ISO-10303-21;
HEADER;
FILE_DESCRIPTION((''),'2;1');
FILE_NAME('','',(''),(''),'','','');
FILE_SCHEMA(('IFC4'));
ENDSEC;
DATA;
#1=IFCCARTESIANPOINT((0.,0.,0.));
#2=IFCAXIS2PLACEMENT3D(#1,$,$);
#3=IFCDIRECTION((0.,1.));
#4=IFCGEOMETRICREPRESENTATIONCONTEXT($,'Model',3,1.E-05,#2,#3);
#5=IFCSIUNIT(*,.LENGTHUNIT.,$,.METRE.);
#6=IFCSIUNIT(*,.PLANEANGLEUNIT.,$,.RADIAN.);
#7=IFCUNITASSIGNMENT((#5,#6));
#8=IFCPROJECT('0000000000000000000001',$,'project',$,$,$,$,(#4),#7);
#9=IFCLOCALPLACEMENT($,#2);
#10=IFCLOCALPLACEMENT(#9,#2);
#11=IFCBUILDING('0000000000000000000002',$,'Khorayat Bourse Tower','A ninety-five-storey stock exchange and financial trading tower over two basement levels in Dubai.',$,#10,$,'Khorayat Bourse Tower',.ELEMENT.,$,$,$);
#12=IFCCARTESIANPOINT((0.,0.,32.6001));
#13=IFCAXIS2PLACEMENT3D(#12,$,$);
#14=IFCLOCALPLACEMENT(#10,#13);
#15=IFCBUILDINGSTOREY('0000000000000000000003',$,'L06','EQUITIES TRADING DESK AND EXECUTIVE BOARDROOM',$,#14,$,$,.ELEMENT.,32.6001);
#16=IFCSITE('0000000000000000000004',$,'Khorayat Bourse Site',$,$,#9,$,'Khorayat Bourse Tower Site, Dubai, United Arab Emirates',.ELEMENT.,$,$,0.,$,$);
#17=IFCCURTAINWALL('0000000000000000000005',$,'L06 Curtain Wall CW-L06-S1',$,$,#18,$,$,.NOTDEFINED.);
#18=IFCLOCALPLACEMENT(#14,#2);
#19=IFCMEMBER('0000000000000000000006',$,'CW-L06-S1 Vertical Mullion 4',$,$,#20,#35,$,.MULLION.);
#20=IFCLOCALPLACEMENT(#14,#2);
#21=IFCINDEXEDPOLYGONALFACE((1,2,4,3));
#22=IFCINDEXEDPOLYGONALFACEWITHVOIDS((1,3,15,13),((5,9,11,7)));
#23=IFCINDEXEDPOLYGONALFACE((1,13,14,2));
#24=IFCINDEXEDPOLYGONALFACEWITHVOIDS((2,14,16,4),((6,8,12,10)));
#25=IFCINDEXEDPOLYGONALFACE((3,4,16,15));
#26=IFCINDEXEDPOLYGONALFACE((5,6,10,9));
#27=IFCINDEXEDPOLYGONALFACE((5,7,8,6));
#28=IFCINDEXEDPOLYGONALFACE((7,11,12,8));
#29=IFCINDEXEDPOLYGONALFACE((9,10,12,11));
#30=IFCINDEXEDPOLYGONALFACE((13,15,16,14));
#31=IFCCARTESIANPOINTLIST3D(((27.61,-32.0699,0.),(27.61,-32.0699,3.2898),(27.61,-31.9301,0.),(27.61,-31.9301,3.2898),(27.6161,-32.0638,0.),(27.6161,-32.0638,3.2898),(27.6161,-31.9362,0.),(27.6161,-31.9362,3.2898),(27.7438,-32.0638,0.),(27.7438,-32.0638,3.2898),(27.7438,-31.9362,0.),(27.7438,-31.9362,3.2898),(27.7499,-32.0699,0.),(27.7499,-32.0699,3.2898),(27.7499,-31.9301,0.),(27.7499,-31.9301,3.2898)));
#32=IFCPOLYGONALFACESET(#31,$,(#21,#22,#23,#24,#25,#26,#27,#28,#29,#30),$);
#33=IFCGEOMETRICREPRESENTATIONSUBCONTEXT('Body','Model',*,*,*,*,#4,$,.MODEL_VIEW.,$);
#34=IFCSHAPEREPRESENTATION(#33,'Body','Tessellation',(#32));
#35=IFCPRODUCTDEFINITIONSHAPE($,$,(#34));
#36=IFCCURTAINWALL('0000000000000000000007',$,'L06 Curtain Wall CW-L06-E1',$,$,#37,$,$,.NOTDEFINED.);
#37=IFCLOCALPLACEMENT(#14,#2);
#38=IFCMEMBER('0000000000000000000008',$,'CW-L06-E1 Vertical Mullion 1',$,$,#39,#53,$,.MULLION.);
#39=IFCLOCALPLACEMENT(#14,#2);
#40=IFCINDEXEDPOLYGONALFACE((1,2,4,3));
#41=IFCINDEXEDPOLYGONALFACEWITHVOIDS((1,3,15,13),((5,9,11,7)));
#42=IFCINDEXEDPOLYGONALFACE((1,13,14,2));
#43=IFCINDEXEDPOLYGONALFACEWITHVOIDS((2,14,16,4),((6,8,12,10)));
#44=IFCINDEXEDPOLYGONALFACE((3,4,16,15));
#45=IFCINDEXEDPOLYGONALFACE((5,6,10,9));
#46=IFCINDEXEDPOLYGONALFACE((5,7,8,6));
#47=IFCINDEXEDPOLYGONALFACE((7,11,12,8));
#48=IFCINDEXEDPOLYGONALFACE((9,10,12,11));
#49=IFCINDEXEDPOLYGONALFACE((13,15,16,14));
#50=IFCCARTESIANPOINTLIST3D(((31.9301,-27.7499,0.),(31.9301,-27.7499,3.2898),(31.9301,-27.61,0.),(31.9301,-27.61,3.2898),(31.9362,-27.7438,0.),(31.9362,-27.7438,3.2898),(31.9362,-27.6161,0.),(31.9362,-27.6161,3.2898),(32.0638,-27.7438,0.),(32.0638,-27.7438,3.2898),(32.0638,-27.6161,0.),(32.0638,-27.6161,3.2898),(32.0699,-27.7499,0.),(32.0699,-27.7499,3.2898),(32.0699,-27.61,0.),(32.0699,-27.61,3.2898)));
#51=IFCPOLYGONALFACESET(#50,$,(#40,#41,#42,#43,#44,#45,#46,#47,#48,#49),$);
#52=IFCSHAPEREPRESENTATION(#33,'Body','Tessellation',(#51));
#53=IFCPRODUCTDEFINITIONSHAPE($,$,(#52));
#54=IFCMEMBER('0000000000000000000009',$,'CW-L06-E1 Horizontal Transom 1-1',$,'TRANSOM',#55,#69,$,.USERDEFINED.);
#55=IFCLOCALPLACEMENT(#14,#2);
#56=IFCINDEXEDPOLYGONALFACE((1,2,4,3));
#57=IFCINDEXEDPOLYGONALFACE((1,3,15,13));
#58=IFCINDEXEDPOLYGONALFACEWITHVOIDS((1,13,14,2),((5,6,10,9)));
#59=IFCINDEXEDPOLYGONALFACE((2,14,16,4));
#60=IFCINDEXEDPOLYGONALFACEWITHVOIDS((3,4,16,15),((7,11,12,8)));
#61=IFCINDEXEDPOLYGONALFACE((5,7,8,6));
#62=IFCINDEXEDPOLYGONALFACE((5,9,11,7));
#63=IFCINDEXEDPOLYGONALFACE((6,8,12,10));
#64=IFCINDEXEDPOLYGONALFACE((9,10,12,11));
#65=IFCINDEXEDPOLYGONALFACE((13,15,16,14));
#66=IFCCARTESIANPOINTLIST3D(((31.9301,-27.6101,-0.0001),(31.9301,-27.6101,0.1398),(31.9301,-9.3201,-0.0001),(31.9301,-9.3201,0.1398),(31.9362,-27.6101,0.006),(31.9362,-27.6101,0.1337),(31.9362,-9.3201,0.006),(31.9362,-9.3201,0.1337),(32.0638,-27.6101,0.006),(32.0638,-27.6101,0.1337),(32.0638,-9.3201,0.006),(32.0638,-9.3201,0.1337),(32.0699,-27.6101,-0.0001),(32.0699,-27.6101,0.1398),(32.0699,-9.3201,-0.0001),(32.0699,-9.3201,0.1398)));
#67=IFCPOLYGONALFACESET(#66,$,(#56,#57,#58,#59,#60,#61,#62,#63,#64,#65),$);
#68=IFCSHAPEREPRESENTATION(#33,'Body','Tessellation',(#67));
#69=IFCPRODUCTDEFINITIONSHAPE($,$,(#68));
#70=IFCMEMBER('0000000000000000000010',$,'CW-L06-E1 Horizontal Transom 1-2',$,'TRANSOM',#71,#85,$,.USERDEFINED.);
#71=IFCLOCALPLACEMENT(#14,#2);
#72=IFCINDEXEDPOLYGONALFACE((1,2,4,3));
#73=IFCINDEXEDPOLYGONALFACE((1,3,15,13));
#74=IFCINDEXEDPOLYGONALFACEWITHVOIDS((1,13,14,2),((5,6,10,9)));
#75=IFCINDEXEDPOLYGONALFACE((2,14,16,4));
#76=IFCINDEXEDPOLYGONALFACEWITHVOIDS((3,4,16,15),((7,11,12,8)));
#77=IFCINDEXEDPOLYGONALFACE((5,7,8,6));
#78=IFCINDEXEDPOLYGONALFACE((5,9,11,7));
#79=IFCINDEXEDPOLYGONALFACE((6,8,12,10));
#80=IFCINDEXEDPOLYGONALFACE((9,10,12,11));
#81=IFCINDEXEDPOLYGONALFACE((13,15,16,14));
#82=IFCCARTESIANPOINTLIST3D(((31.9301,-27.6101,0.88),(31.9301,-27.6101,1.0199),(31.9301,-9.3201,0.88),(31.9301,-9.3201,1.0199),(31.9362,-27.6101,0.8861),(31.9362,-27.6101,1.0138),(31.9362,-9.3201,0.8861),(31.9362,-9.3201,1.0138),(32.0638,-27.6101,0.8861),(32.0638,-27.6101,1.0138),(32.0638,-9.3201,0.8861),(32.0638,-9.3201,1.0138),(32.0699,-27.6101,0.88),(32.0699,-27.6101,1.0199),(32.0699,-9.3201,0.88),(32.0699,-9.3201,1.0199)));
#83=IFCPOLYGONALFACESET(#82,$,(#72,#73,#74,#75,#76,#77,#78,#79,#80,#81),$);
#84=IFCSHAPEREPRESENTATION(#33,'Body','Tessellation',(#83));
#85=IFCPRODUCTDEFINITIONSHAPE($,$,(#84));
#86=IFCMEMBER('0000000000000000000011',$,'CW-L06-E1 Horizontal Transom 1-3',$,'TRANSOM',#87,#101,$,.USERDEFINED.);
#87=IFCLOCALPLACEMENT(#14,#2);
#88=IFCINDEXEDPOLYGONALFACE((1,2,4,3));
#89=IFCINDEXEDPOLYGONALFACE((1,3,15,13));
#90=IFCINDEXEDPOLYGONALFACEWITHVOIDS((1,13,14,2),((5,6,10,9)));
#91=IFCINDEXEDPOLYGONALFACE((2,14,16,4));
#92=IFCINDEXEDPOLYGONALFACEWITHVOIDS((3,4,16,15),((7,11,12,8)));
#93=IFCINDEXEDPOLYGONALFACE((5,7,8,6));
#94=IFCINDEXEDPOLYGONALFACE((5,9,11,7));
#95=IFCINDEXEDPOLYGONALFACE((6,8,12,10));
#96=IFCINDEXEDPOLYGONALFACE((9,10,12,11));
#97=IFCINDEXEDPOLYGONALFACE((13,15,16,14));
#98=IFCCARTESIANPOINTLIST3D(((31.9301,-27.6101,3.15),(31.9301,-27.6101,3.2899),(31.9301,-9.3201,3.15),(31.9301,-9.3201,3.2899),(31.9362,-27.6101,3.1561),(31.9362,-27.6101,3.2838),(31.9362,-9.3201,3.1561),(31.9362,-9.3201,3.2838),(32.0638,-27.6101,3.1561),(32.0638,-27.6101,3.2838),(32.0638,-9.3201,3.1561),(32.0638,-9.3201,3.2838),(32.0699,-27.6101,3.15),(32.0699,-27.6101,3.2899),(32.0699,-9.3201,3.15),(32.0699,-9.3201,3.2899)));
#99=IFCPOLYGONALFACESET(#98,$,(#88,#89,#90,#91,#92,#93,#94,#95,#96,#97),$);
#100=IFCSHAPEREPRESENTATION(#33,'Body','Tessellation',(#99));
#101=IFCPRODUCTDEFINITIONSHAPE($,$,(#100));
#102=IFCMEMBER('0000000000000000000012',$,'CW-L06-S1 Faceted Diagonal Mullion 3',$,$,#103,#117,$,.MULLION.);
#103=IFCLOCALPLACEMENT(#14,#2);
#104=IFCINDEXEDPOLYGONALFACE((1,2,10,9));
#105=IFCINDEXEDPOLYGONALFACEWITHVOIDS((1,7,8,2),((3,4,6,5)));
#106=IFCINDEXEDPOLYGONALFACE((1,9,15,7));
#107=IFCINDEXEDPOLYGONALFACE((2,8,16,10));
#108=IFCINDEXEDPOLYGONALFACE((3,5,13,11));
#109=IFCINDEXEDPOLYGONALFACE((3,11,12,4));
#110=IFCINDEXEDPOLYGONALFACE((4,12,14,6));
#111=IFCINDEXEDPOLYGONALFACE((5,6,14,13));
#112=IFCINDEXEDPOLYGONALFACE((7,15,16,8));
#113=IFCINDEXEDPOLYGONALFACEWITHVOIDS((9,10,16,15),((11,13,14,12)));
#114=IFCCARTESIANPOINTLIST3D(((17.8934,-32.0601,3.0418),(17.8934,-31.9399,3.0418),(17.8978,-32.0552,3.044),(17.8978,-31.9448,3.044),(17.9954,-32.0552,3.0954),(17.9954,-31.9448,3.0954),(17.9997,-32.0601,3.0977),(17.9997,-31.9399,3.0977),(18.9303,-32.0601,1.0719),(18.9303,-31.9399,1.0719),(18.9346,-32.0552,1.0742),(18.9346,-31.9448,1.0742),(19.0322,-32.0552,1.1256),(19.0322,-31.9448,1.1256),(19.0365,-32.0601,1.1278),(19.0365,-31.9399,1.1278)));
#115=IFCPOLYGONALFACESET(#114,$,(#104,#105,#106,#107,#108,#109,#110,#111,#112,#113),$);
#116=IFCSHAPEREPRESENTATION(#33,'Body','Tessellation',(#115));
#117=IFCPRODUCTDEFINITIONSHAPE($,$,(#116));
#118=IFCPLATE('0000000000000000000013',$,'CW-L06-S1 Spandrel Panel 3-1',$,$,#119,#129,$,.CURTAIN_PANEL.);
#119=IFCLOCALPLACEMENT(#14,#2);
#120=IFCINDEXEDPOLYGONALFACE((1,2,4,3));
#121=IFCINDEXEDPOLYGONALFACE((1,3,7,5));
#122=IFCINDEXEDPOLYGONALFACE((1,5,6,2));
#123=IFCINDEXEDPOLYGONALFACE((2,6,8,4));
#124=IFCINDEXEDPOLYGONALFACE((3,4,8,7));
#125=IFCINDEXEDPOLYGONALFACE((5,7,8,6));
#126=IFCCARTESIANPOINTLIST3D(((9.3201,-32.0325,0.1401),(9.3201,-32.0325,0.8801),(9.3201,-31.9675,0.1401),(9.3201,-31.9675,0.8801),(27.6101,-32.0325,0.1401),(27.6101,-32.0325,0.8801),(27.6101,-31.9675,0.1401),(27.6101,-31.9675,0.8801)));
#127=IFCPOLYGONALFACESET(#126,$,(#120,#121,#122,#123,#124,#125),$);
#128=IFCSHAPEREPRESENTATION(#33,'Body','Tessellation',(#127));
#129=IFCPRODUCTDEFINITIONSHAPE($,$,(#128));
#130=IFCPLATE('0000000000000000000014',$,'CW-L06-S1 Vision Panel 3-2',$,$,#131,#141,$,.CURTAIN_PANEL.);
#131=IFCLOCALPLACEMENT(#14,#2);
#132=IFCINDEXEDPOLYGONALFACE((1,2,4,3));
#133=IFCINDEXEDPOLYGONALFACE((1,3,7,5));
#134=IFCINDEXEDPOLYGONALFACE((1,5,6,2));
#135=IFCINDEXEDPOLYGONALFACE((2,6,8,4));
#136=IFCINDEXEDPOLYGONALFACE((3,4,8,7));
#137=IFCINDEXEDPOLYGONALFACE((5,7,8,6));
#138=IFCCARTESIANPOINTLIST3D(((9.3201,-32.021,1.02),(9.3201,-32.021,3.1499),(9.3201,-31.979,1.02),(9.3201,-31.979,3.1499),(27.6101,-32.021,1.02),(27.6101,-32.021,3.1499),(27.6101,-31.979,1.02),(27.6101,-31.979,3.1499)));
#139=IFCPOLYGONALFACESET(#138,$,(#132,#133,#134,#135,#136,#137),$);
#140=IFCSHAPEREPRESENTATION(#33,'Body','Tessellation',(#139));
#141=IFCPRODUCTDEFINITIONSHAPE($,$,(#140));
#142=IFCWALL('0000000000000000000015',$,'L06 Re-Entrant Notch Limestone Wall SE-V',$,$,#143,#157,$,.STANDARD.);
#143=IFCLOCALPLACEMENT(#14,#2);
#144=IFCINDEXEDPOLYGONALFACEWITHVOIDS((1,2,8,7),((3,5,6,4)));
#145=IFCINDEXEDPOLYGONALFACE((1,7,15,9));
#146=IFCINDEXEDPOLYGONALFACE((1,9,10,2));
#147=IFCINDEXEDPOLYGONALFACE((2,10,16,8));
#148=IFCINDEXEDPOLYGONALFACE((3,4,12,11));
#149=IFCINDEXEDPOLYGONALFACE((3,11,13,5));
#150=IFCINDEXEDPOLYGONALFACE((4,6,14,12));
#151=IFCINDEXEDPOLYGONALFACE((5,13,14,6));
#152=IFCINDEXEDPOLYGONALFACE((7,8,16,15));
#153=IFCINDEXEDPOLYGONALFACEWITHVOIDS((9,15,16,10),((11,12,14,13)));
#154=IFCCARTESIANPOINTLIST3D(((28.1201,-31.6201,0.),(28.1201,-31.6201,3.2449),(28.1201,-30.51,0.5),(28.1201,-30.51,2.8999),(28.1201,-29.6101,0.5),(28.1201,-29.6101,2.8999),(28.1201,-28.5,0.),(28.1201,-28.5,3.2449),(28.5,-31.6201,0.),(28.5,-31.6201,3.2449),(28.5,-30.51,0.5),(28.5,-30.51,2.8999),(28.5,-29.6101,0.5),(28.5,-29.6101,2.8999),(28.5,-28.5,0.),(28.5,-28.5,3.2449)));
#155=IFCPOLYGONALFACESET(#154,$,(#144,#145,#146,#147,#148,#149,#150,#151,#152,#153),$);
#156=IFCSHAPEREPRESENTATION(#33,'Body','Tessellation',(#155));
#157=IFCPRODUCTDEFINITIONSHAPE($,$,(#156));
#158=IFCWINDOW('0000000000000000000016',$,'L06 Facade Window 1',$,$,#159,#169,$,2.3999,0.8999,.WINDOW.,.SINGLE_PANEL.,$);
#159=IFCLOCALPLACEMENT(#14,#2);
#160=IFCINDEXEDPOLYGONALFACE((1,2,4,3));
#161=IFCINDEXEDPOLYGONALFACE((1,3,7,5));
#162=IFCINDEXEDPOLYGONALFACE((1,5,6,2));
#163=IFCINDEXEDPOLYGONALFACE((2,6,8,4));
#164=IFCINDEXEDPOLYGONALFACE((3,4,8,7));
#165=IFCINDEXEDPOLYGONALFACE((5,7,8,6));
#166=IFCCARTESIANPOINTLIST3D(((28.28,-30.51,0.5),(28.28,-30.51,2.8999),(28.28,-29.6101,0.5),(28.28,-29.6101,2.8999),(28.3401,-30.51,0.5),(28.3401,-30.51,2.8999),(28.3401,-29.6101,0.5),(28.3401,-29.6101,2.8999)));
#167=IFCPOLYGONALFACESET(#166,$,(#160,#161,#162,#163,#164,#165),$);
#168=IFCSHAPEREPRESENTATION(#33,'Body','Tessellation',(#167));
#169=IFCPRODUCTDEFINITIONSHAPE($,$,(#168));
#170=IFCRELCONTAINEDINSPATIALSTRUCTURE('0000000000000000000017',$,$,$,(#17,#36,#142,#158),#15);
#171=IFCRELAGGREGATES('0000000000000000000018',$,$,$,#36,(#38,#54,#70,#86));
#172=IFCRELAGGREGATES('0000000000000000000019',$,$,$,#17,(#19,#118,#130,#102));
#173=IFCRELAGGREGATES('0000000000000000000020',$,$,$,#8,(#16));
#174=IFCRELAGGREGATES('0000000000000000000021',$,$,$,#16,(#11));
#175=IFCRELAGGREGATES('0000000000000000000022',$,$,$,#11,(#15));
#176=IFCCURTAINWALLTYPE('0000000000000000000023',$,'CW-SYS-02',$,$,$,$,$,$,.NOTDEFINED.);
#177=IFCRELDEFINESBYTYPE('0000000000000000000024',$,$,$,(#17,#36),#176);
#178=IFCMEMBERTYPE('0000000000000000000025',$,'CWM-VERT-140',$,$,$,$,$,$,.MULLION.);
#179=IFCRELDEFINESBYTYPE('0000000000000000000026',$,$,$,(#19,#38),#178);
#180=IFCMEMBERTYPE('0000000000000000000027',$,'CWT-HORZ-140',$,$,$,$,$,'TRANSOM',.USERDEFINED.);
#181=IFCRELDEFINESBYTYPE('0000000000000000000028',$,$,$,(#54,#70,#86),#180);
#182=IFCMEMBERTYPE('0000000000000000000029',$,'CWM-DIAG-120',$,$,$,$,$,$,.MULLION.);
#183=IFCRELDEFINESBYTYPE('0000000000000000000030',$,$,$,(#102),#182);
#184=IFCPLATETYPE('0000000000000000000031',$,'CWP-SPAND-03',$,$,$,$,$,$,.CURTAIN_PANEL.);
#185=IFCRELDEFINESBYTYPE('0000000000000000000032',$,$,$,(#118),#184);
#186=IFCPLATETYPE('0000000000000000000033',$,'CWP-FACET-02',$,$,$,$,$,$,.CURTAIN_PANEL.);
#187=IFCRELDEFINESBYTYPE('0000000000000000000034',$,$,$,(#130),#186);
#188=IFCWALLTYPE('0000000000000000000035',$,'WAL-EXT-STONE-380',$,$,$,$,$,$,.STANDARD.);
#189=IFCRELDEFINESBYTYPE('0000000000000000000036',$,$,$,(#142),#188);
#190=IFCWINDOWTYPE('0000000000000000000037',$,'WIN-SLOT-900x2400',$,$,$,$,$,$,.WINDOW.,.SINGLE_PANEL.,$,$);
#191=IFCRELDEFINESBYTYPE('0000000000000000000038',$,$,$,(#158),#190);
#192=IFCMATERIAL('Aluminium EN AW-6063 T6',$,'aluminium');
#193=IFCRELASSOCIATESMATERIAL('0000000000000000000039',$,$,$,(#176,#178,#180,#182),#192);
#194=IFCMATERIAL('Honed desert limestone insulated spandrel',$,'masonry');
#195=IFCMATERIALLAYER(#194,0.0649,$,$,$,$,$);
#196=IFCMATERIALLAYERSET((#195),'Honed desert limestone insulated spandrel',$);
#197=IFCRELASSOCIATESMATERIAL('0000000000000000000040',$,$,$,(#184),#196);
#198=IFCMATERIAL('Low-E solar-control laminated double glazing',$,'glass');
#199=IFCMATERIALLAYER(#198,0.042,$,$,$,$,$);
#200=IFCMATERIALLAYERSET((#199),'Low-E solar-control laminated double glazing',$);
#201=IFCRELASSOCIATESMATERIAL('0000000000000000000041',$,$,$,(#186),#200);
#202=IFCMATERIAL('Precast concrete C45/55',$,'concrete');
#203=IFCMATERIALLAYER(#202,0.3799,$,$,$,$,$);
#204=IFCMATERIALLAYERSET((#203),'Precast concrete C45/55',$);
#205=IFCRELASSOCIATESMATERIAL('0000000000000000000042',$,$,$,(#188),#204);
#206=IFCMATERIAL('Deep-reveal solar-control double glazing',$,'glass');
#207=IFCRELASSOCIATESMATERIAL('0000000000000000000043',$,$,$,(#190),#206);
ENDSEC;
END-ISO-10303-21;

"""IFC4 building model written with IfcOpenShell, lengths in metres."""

from ifc_helpers import new_model, si_unit, direction, frame, frame_2d, origin, origin_2d, place, context, subcontext, project, spatial, rectangle, hollow_rectangle, extrude, source, transform, mapped, material, layer, layer_set, material_profile, profile_set, type_object, element, fill, aggregate, save


model = new_model("IFC4")

# Units and contexts
model_context = context("Model", 3, precision=1e-05, world=origin(), true_north=direction((0.0, 1.0)))
body_context = subcontext(model_context, "Body", "Model", "MODEL_VIEW")
ifc_project = project(units=[si_unit("LENGTHUNIT", "METRE"), si_unit("PLANEANGLEUNIT", "RADIAN")], contexts=[model_context])

# Site, building, storey
site_placement = place(None, origin())
site = spatial("IfcSite", under=ifc_project, at=site_placement, Name="Khorayat Bourse Site", LongName="Khorayat Bourse Tower Site, Dubai, United Arab Emirates", CompositionType="ELEMENT", RefElevation=0.0)
building_placement = place(site_placement, origin())
building = spatial("IfcBuilding", under=site, at=building_placement, Name="Khorayat Bourse Tower", Description="A ninety-five-storey stock exchange and financial trading tower over two basement levels in Dubai.", LongName="Khorayat Bourse Tower", CompositionType="ELEMENT")
storey_placement = place(building_placement, frame((0.0, 0.0, 32.6001)))
storey = spatial("IfcBuildingStorey", under=building, at=storey_placement, Name="L06", Description="EQUITIES TRADING DESK AND EXECUTIVE BOARDROOM", CompositionType="ELEMENT", Elevation=32.6001)

# Curtain wall, member
ifc_material_1 = material(Name="Aluminium EN AW-6063 T6", Category="aluminium")
curtain_wall_type = type_object("IfcCurtainWallType", Name="CW-SYS-02", PredefinedType="NOTDEFINED", material=ifc_material_1)
curtain_wall_1_placement = place(storey_placement, origin())
curtain_wall_1 = element("IfcCurtainWall", 1, at=curtain_wall_1_placement, inside=storey, type_object=curtain_wall_type, Name="L06 Curtain Wall CW-L06-S1", PredefinedType="NOTDEFINED")
ifc_material_profile_1 = material_profile(ifc_material_1, hollow_rectangle(XDim=0.1399, YDim=0.1399, WallThickness=0.0061, at=origin_2d()), Name="ALU 140x140x6")
ifc_profile_set_1 = profile_set([ifc_material_profile_1], Name="Aluminium EN AW-6063 T6")
member_type_1 = type_object("IfcMemberType", Name="CWM-VERT-140", PredefinedType="MULLION", material=ifc_profile_set_1)
shared_shape_1 = source(origin(), body_context, "Body", "SweptSolid", [
    extrude(hollow_rectangle(XDim=0.1399, YDim=0.1399, WallThickness=0.0061, at=origin_2d()), origin(), (0.0, 0.0, 1.0), 3.2898),
])
member_1_placement = place(storey_placement, frame((27.6799, -32.0, 0.0), z_axis=(0.0, 0.0, 1.0), x_axis=(0.0, 1.0, 0.0)))
member_1 = element("IfcMember", 2, at=member_1_placement, type_object=member_type_1, Name="CW-L06-S1 Vertical Mullion 4", PredefinedType="MULLION", context=body_context, shape_type="MappedRepresentation", body=[
    mapped(shared_shape_1, transform((0.0, 0.0, 0.0), scale=1.0)),
])

# Curtain wall, members
curtain_wall_2_placement = place(storey_placement, origin())
curtain_wall_2 = element("IfcCurtainWall", 3, at=curtain_wall_2_placement, inside=storey, type_object=curtain_wall_type, Name="L06 Curtain Wall CW-L06-E1", PredefinedType="NOTDEFINED")
member_2_placement = place(storey_placement, frame((32.0, -27.6799, 0.0), z_axis=(0.0, 0.0, 1.0), x_axis=(-1.0, 0.0, 0.0)))
member_2 = element("IfcMember", 4, at=member_2_placement, type_object=member_type_1, Name="CW-L06-E1 Vertical Mullion 1", PredefinedType="MULLION", context=body_context, shape_type="MappedRepresentation", body=[
    mapped(shared_shape_1, transform((0.0, 0.0, 0.0), scale=1.0)),
])
ifc_material_profile_2 = material_profile(ifc_material_1, hollow_rectangle(XDim=0.1399, YDim=0.1399, WallThickness=0.0061, at=origin_2d()), Name="ALU 140x140x6")
ifc_profile_set_2 = profile_set([ifc_material_profile_2], Name="Aluminium EN AW-6063 T6")
member_type_2 = type_object("IfcMemberType", Name="CWT-HORZ-140", ElementType="TRANSOM", PredefinedType="USERDEFINED", material=ifc_profile_set_2)
shared_shape_2 = source(origin(), body_context, "Body", "SweptSolid", [
    extrude(hollow_rectangle(XDim=0.1399, YDim=0.1399, WallThickness=0.0061, at=origin_2d()), origin(), (0.0, 0.0, 1.0), 18.29),
])
member_3_placement = place(storey_placement, frame((32.0, -27.6101, 0.0698), z_axis=(0.0, 1.0, 0.0), x_axis=(-1.0, 0.0, 0.0)))
member_3 = element("IfcMember", 5, at=member_3_placement, type_object=member_type_2, Name="CW-L06-E1 Horizontal Transom 1-1", ObjectType="TRANSOM", PredefinedType="USERDEFINED", context=body_context, shape_type="MappedRepresentation", body=[
    mapped(shared_shape_2, transform((0.0, 0.0, 0.0), scale=1.0)),
])
member_4_placement = place(storey_placement, frame((32.0, -27.6101, 0.95), z_axis=(0.0, 1.0, 0.0), x_axis=(-1.0, 0.0, 0.0)))
member_4 = element("IfcMember", 6, at=member_4_placement, type_object=member_type_2, Name="CW-L06-E1 Horizontal Transom 1-2", ObjectType="TRANSOM", PredefinedType="USERDEFINED", context=body_context, shape_type="MappedRepresentation", body=[
    mapped(shared_shape_2, transform((0.0, 0.0, 0.0), scale=1.0)),
])
member_5_placement = place(storey_placement, frame((32.0, -27.6101, 3.22), z_axis=(0.0, 1.0, 0.0), x_axis=(-1.0, 0.0, 0.0)))
member_5 = element("IfcMember", 7, at=member_5_placement, type_object=member_type_2, Name="CW-L06-E1 Horizontal Transom 1-3", ObjectType="TRANSOM", PredefinedType="USERDEFINED", context=body_context, shape_type="MappedRepresentation", body=[
    mapped(shared_shape_2, transform((0.0, 0.0, 0.0), scale=1.0)),
])
aggregate(curtain_wall_2, [member_2, member_3, member_4, member_5])

# Member
ifc_material_profile_3 = material_profile(ifc_material_1, hollow_rectangle(XDim=0.1201, YDim=0.1201, WallThickness=0.0049, at=origin_2d()), Name="ALU 120x120x5")
ifc_profile_set_3 = profile_set([ifc_material_profile_3], Name="Aluminium EN AW-6063 T6")
member_type_3 = type_object("IfcMemberType", Name="CWM-DIAG-120", PredefinedType="MULLION", material=ifc_profile_set_3)
shared_shape_3 = source(origin(), body_context, "Body", "SweptSolid", [
    extrude(hollow_rectangle(XDim=0.1201, YDim=0.1201, WallThickness=0.0049, at=origin_2d()), origin(), (0.0, 0.0, 1.0), 2.2261),
])
member_6_placement = place(storey_placement, frame((18.9834, -32.0, 1.0999), z_axis=(-0.46576, 0.0, 0.884911), x_axis=(0.0, -1.0, 0.0)))
member_6 = element("IfcMember", 8, at=member_6_placement, type_object=member_type_3, Name="CW-L06-S1 Faceted Diagonal Mullion 3", PredefinedType="MULLION", context=body_context, shape_type="MappedRepresentation", body=[
    mapped(shared_shape_3, transform((0.0, 0.0, 0.0), scale=1.0)),
])

# Plates
ifc_material_2 = material(Name="Honed desert limestone insulated spandrel", Category="masonry")
ifc_layer_1 = layer(ifc_material_2, 0.0649)
ifc_layer_set_1 = layer_set([ifc_layer_1], Name="Honed desert limestone insulated spandrel")
plate_type_1 = type_object("IfcPlateType", Name="CWP-SPAND-03", PredefinedType="CURTAIN_PANEL", material=ifc_layer_set_1)
shared_shape_4 = source(origin(), body_context, "Body", "SweptSolid", [
    extrude(rectangle(XDim=18.29, YDim=0.0649, at=origin_2d()), origin(), (0.0, 0.0, 1.0), 0.74),
])
plate_1_placement = place(storey_placement, frame((18.4651, -32.0, 0.1401), z_axis=(0.0, 0.0, 1.0), x_axis=(1.0, 0.0, 0.0)))
plate_1 = element("IfcPlate", 9, at=plate_1_placement, type_object=plate_type_1, Name="CW-L06-S1 Spandrel Panel 3-1", PredefinedType="CURTAIN_PANEL", context=body_context, shape_type="MappedRepresentation", body=[
    mapped(shared_shape_4, transform((0.0, 0.0, 0.0), scale=1.0)),
])
ifc_material_3 = material(Name="Low-E solar-control laminated double glazing", Category="glass")
ifc_layer_2 = layer(ifc_material_3, 0.042)
ifc_layer_set_2 = layer_set([ifc_layer_2], Name="Low-E solar-control laminated double glazing")
plate_type_2 = type_object("IfcPlateType", Name="CWP-FACET-02", PredefinedType="CURTAIN_PANEL", material=ifc_layer_set_2)
shared_shape_5 = source(origin(), body_context, "Body", "SweptSolid", [
    extrude(rectangle(XDim=18.29, YDim=0.042, at=origin_2d()), origin(), (0.0, 0.0, 1.0), 2.1299),
])
plate_2_placement = place(storey_placement, frame((18.4651, -32.0, 1.02), z_axis=(0.0, 0.0, 1.0), x_axis=(1.0, 0.0, 0.0)))
plate_2 = element("IfcPlate", 10, at=plate_2_placement, type_object=plate_type_2, Name="CW-L06-S1 Vision Panel 3-2", PredefinedType="CURTAIN_PANEL", context=body_context, shape_type="MappedRepresentation", body=[
    mapped(shared_shape_5, transform((0.0, 0.0, 0.0), scale=1.0)),
])
aggregate(curtain_wall_1, [member_1, plate_1, plate_2, member_6])

# Wall, opening, window
ifc_material_4 = material(Name="Precast concrete C45/55", Category="concrete")
ifc_layer_3 = layer(ifc_material_4, 0.3799)
ifc_layer_set_3 = layer_set([ifc_layer_3], Name="Precast concrete C45/55")
wall_type_1 = type_object("IfcWallType", Name="WAL-EXT-STONE-380", PredefinedType="STANDARD", material=ifc_layer_set_3)
shared_shape_6 = source(origin(), body_context, "Body", "SweptSolid", [
    extrude(rectangle(XDim=3.1201, YDim=0.3799, at=frame_2d((1.5601, 0.0))), origin(), (0.0, 0.0, 1.0), 3.2449),
])
wall_1_placement = place(storey_placement, frame((28.3101, -31.6201, 0.0), z_axis=(0.0, 0.0, 1.0), x_axis=(0.0, 1.0, 0.0)))
wall_1 = element("IfcWall", 11, at=wall_1_placement, inside=storey, type_object=wall_type_1, Name="L06 Re-Entrant Notch Limestone Wall SE-V", PredefinedType="STANDARD", context=body_context, shape_type="MappedRepresentation", body=[
    mapped(shared_shape_6, transform((0.0, 0.0, 0.0), scale=1.0)),
])
shared_shape_7 = source(origin(), body_context, "Body", "SweptSolid", [
    extrude(rectangle(XDim=0.8999, YDim=2.3999, at=frame_2d((0.45, 1.2))), frame((0.0, 0.2, 0.0), z_axis=(0.0, -1.0, 0.0), x_axis=(1.0, 0.0, 0.0)), (0.0, 0.0, 1.0), 0.3999),
])
opening_1_placement = place(wall_1_placement, frame((1.1101, 0.0, 0.5)))
opening_1 = element("IfcOpeningElement", 12, at=opening_1_placement, cuts=wall_1, PredefinedType="OPENING", context=body_context, shape_type="MappedRepresentation", body=[
    mapped(shared_shape_7, transform((0.0, 0.0, 0.0), scale=1.0)),
])
ifc_material_5 = material(Name="Deep-reveal solar-control double glazing", Category="glass")
window_type = type_object("IfcWindowType", Name="WIN-SLOT-900x2400", PartitioningType="SINGLE_PANEL", PredefinedType="WINDOW", material=ifc_material_5)
shared_shape_8 = source(origin(), body_context, "Body", "SweptSolid", [
    extrude(rectangle(XDim=0.8999, YDim=2.3999, at=frame_2d((0.45, 1.2))), frame((0.0, 0.03, 0.0), z_axis=(0.0, -1.0, 0.0), x_axis=(1.0, 0.0, 0.0)), (0.0, 0.0, 1.0), 0.0601),
])
window_1_placement = place(opening_1_placement, origin())
window_1 = element("IfcWindow", 13, at=window_1_placement, inside=storey, type_object=window_type, Name="L06 Facade Window 1", OverallHeight=2.3999, OverallWidth=0.8999, PartitioningType="SINGLE_PANEL", PredefinedType="WINDOW", context=body_context, shape_type="MappedRepresentation", body=[
    mapped(shared_shape_8, transform((0.0, 0.0, 0.0), scale=1.0)),
])
fill(opening_1, window_1)

save(model, "model.ifc")
